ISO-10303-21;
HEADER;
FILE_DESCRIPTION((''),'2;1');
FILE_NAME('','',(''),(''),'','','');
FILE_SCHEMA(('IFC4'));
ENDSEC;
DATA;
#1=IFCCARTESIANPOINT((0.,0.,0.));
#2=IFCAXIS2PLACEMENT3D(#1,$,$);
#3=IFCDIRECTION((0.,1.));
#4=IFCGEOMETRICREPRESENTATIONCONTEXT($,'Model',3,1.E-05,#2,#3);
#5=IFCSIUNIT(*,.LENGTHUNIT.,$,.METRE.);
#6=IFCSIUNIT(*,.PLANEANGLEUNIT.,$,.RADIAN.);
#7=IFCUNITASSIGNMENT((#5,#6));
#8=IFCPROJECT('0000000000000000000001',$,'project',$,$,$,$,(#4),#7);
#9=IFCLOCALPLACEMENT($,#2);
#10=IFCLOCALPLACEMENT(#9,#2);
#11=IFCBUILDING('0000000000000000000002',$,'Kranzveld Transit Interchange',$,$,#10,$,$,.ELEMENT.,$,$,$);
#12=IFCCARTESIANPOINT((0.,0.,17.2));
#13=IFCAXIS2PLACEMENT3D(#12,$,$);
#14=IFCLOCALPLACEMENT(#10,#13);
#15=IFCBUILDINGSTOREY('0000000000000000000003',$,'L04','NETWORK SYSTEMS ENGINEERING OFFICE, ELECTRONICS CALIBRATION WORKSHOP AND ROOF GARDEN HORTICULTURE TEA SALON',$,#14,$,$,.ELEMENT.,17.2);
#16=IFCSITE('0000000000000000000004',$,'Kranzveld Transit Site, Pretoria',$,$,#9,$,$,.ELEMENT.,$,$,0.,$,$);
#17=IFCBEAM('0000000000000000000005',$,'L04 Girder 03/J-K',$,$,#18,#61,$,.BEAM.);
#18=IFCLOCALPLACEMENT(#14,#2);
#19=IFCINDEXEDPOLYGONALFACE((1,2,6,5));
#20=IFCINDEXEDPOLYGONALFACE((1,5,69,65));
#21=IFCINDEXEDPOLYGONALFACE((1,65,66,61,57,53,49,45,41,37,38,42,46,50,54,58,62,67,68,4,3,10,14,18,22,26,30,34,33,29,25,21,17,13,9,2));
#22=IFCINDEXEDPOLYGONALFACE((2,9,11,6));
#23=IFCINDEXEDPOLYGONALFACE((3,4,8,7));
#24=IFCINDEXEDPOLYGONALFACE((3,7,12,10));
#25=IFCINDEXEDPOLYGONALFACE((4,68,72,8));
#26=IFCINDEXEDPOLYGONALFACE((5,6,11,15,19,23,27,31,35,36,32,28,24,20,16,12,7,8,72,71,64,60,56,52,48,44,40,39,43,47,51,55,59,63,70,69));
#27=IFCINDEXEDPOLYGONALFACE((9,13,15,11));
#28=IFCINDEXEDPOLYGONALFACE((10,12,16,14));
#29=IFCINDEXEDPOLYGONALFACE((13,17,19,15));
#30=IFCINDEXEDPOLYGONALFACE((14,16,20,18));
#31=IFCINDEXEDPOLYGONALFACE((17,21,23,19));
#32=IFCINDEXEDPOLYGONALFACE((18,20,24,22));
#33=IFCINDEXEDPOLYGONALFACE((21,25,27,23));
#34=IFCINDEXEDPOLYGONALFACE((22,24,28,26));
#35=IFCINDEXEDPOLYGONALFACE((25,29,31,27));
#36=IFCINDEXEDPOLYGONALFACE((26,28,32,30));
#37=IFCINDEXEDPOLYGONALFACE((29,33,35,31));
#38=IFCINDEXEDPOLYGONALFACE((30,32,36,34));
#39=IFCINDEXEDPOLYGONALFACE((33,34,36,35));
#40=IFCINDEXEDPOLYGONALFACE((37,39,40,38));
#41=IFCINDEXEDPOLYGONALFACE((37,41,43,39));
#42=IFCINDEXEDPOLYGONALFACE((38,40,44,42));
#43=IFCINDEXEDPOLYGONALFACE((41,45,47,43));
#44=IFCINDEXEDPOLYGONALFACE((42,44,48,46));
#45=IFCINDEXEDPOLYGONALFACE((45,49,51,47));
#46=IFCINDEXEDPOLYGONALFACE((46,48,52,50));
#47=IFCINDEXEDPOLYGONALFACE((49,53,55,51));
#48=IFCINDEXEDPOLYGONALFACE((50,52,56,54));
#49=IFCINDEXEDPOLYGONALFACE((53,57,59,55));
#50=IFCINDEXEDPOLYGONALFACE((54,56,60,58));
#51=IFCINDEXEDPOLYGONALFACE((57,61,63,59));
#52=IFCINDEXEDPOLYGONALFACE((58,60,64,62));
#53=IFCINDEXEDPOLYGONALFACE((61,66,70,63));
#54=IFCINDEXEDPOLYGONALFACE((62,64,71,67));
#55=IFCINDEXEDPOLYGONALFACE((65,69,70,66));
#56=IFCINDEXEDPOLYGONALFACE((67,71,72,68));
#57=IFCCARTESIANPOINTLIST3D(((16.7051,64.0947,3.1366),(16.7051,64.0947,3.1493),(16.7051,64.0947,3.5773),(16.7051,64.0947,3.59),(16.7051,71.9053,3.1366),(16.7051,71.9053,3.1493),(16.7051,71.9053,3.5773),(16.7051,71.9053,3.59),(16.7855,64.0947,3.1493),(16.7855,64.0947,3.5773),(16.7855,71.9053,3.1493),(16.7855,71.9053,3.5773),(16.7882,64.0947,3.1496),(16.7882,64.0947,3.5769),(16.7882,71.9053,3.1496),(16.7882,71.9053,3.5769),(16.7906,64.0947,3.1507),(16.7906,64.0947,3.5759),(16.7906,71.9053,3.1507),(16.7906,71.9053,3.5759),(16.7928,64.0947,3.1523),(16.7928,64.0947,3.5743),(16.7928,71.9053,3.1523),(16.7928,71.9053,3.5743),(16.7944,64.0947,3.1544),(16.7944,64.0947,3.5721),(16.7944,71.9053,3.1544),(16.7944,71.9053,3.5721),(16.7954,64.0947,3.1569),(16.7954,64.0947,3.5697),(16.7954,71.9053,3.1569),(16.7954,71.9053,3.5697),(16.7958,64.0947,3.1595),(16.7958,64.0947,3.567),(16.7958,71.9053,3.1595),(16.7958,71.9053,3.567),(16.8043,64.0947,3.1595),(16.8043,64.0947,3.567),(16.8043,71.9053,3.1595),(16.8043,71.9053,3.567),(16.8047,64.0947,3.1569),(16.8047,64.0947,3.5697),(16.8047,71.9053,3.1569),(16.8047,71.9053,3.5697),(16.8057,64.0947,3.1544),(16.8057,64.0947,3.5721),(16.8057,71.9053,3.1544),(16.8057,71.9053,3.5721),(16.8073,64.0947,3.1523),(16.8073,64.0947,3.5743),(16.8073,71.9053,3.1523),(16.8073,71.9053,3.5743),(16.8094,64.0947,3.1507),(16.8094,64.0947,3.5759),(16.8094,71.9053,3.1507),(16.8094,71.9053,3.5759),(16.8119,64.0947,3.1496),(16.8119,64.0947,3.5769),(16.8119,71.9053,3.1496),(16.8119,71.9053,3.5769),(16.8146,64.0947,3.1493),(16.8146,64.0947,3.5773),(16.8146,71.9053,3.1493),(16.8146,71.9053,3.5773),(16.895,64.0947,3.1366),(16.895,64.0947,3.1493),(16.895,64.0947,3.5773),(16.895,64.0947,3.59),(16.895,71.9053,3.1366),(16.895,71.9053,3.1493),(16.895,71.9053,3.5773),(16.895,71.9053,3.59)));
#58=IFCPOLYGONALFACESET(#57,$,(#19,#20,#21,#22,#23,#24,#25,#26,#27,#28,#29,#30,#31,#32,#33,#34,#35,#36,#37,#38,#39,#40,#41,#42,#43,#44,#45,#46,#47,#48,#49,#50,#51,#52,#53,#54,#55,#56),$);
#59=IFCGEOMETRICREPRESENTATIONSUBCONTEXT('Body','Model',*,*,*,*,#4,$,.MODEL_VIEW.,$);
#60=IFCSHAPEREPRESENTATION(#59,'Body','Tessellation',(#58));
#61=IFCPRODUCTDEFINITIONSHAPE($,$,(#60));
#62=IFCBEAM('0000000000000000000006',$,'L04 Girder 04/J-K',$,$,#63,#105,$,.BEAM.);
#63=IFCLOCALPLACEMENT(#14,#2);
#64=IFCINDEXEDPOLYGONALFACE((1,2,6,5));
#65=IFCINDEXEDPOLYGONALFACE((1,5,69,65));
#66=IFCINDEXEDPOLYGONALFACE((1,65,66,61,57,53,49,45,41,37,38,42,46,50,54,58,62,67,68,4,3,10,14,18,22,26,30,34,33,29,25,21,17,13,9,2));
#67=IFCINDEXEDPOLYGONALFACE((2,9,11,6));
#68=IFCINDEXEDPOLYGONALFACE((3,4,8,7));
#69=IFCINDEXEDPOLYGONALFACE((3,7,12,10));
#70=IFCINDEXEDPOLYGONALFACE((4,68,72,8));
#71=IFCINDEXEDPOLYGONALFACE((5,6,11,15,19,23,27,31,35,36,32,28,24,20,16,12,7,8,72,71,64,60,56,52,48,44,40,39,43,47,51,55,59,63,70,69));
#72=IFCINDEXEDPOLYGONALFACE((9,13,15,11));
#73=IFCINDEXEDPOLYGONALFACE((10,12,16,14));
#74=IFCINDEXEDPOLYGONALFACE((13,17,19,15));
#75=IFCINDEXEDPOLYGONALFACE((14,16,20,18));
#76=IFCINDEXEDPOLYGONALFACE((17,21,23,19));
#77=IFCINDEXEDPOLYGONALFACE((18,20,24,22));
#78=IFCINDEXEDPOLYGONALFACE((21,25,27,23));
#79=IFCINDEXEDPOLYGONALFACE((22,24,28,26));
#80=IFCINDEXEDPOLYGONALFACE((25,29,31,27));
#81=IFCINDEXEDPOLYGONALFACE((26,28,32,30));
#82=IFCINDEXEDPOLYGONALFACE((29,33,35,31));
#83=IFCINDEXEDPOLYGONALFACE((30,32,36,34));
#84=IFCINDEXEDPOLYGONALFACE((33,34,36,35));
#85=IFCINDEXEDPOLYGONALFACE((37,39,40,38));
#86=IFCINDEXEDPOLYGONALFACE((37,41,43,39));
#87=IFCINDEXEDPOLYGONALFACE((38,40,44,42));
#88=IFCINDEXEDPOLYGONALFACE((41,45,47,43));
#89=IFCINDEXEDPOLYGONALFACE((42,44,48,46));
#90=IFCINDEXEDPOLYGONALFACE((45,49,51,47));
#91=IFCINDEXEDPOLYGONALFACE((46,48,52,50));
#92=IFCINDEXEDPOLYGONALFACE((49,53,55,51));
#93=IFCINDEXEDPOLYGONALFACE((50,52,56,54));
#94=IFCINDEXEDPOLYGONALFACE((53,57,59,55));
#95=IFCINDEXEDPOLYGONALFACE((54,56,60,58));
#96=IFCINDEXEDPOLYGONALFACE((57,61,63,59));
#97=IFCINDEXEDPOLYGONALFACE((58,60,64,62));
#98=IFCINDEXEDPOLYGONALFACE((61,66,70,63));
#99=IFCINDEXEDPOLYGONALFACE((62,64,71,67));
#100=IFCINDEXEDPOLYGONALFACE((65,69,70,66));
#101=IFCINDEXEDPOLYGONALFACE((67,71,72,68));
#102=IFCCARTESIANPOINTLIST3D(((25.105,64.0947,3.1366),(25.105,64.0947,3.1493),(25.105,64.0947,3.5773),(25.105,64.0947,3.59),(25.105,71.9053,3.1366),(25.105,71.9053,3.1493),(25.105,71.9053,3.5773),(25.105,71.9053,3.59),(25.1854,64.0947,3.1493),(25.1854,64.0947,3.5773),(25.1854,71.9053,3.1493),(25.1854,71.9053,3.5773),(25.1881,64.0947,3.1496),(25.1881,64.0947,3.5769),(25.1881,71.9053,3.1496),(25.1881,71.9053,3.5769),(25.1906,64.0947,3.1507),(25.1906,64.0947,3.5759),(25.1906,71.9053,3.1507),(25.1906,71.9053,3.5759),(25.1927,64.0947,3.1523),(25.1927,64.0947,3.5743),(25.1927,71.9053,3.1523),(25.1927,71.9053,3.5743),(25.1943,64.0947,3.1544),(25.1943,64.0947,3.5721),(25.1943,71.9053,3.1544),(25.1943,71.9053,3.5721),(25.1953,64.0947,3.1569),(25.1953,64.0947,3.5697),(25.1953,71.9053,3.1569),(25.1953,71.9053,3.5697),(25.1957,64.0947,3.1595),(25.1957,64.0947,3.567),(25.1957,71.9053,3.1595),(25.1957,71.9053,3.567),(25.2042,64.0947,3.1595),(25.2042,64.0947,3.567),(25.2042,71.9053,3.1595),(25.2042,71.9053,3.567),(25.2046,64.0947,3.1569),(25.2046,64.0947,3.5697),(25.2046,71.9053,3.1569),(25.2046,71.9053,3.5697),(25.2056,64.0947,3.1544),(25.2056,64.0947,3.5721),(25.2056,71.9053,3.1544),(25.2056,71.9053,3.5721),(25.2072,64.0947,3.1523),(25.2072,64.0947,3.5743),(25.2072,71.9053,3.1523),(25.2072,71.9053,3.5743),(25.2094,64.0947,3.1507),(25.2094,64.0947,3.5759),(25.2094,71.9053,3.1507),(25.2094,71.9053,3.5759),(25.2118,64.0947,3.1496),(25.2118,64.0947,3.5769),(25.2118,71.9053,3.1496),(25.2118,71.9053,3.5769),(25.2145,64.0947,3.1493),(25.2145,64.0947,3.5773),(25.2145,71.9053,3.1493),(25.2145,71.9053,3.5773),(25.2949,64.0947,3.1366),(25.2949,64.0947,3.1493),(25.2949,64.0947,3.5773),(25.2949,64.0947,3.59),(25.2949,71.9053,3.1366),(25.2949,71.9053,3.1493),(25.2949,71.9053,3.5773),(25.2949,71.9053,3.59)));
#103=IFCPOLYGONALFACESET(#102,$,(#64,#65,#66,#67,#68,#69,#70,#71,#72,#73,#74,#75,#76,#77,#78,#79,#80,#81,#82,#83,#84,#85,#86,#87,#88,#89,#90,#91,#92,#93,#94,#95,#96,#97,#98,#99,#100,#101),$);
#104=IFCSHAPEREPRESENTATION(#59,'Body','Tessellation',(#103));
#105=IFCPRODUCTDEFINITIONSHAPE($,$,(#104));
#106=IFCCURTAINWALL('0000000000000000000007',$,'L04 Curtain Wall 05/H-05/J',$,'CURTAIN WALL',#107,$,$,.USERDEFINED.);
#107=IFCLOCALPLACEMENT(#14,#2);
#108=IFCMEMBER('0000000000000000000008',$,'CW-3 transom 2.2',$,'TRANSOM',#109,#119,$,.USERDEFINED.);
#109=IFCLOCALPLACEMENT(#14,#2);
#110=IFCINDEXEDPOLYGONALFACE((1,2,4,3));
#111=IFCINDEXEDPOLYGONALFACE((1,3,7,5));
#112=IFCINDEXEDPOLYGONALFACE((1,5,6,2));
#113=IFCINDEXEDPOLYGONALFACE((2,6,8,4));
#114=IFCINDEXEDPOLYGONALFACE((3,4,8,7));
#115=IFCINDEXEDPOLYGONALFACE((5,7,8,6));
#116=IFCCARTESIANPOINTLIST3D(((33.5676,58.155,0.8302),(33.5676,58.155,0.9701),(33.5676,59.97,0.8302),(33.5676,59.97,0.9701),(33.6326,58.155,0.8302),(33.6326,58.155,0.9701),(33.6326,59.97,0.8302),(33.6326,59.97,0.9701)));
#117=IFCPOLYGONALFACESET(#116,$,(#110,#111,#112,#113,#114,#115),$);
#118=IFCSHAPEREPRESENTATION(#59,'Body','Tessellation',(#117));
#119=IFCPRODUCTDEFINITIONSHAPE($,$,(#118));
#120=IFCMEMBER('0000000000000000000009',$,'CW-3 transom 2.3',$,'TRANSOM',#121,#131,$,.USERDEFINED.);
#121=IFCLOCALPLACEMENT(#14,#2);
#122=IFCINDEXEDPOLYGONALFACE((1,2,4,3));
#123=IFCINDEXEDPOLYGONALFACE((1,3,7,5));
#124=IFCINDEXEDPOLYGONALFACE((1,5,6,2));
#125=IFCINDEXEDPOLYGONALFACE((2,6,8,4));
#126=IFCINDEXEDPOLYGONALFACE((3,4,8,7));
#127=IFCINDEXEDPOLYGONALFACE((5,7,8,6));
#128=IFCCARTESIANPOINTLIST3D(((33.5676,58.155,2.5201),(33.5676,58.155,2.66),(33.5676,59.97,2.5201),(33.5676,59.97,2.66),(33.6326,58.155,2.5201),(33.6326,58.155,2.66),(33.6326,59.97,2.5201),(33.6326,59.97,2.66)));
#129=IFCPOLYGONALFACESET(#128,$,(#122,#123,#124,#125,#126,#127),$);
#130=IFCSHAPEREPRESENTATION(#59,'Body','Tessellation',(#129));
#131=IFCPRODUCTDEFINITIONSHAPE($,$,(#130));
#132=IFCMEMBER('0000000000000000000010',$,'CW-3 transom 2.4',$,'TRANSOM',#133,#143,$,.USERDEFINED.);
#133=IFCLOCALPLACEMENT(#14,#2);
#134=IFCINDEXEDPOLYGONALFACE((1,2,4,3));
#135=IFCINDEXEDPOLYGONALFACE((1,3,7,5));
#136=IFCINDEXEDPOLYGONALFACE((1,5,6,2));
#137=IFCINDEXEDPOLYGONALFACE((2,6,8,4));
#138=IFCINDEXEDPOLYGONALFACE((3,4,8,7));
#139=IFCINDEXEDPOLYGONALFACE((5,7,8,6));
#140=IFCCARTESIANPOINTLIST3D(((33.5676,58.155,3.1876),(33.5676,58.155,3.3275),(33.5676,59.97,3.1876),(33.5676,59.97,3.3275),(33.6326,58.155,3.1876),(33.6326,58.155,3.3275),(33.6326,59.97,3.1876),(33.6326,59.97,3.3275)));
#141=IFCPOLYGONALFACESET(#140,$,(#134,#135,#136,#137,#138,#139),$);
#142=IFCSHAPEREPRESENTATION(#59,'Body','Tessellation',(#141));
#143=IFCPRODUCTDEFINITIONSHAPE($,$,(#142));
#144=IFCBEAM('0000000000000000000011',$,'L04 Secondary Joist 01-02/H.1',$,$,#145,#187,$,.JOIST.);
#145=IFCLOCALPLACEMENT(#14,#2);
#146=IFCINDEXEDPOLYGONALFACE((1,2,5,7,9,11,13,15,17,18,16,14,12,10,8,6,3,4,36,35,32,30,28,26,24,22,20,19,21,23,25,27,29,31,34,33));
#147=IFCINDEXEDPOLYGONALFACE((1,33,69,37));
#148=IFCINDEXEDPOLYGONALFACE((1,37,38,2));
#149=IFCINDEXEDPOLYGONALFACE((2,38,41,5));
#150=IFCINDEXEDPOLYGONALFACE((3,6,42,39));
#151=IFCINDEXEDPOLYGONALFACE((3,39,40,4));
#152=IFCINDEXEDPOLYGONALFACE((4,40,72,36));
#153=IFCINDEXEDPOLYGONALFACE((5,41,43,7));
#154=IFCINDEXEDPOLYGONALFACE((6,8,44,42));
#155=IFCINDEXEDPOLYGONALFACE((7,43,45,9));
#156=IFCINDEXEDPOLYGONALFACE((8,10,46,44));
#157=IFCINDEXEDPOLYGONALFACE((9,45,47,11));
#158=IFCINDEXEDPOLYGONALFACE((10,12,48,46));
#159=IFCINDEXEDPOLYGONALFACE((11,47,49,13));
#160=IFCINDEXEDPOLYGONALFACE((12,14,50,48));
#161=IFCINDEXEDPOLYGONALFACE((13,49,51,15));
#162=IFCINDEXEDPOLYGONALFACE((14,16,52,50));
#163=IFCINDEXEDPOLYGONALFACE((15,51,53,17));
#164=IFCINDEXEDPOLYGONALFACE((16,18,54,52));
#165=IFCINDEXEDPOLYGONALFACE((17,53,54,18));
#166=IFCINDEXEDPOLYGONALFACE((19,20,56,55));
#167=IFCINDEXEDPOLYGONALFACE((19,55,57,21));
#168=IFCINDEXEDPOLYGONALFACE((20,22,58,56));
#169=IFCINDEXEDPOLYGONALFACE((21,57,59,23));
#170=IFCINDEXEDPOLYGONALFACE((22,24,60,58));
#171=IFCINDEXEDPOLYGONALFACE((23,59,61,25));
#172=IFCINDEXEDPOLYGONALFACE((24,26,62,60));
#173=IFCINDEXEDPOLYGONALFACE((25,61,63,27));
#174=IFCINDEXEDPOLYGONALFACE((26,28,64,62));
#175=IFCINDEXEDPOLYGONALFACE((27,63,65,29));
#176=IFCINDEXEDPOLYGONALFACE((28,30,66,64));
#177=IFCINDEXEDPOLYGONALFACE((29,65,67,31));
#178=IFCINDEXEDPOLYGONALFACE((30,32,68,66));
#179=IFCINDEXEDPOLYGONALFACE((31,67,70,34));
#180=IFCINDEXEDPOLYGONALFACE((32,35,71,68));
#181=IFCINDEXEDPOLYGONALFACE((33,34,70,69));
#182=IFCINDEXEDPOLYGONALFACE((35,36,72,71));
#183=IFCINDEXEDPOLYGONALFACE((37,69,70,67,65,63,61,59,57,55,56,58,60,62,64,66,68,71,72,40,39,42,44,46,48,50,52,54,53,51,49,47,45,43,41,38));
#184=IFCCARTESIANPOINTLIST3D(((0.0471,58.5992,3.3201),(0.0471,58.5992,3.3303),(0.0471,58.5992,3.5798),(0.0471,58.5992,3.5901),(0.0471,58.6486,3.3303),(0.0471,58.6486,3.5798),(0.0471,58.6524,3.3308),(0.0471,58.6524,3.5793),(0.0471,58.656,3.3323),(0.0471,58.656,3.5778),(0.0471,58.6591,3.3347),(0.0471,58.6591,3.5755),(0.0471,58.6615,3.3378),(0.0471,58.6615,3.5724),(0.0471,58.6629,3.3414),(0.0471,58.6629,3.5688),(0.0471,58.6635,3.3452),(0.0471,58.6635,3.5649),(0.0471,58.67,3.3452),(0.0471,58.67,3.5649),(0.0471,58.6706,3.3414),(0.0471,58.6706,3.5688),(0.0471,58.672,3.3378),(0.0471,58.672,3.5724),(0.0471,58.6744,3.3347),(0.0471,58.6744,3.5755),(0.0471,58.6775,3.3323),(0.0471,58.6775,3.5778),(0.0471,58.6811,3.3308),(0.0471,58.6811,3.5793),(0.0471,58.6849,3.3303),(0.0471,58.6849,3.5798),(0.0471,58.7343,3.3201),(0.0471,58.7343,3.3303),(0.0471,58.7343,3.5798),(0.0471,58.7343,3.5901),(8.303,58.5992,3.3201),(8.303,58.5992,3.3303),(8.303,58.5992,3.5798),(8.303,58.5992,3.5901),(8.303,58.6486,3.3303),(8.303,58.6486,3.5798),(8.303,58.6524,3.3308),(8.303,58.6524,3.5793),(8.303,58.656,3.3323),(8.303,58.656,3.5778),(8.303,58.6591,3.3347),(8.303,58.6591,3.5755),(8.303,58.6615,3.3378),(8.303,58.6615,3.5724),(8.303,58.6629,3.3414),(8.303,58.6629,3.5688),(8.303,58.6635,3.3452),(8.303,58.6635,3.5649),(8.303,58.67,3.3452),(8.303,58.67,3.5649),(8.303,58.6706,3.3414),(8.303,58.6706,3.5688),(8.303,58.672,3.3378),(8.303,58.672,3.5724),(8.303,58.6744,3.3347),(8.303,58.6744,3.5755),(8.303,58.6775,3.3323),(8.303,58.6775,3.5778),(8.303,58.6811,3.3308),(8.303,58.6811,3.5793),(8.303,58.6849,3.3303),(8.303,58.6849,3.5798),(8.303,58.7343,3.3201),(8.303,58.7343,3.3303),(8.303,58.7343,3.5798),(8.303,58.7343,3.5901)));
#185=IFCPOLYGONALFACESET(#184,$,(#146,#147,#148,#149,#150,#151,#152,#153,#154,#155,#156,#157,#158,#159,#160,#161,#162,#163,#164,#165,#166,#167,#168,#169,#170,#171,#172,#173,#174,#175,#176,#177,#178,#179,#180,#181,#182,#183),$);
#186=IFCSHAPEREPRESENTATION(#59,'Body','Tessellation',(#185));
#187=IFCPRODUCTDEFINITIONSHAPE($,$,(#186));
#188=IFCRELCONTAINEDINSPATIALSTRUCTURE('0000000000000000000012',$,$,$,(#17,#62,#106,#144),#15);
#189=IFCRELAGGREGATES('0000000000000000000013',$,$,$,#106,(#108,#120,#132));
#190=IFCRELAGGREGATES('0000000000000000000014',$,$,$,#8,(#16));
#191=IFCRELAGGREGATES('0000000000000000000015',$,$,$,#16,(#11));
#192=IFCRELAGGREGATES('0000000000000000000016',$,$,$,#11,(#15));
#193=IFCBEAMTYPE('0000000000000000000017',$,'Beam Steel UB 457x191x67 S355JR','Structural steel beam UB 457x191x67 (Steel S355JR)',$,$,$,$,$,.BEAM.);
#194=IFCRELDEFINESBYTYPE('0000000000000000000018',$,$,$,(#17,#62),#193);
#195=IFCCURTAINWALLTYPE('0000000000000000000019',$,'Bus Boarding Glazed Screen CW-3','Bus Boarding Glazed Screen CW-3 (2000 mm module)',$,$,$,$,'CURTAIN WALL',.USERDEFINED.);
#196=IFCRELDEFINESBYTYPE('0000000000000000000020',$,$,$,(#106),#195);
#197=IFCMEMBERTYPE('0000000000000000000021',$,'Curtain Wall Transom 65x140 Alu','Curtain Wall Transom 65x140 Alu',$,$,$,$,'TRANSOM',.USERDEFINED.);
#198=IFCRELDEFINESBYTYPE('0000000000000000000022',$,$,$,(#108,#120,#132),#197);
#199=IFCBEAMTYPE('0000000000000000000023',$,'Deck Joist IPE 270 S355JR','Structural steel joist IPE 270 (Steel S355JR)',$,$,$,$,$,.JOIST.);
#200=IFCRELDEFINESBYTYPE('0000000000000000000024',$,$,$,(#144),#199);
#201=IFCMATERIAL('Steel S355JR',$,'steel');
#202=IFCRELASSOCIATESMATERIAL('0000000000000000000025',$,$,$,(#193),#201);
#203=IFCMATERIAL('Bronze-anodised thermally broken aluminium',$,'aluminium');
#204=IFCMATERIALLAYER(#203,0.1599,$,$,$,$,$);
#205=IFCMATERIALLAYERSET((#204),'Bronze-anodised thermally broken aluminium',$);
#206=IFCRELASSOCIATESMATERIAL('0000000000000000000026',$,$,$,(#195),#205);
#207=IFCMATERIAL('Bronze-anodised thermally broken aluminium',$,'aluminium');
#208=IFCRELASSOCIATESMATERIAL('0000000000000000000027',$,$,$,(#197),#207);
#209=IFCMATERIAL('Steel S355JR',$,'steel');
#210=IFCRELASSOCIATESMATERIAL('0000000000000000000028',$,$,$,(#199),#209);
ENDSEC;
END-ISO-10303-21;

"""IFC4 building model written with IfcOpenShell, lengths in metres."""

from ifc_helpers import new_model, si_unit, direction, frame, origin, origin_2d, place, context, subcontext, project, spatial, rectangle, i_section, extrude, material, layer, layer_set, material_profile, profile_set, type_object, element, aggregate, save


model = new_model("IFC4")

# Units and contexts
model_context = context("Model", 3, precision=1e-05, world=origin(), true_north=direction((0.0, 1.0)))
body_context = subcontext(model_context, "Body", "Model", "MODEL_VIEW")
ifc_project = project(units=[si_unit("LENGTHUNIT", "METRE"), si_unit("PLANEANGLEUNIT", "RADIAN")], contexts=[model_context])

# Site, building, storey
site_placement = place(None, origin())
site = spatial("IfcSite", under=ifc_project, at=site_placement, Name="Kranzveld Transit Site, Pretoria", CompositionType="ELEMENT", RefElevation=0.0)
building_placement = place(site_placement, origin())
building = spatial("IfcBuilding", under=site, at=building_placement, Name="Kranzveld Transit Interchange", CompositionType="ELEMENT")
storey_placement = place(building_placement, frame((0.0, 0.0, 17.2)))
storey = spatial("IfcBuildingStorey", under=building, at=storey_placement, Name="L04", Description="NETWORK SYSTEMS ENGINEERING OFFICE, ELECTRONICS CALIBRATION WORKSHOP AND ROOF GARDEN HORTICULTURE TEA SALON", CompositionType="ELEMENT", Elevation=17.2)

# Beams
ifc_material_1 = material(Name="Steel S355JR", Category="steel")
ifc_material_profile_1 = material_profile(ifc_material_1, i_section(OverallWidth=0.1899, OverallDepth=0.4534, WebThickness=0.0085, FlangeThickness=0.0127, FilletRadius=0.0103, at=origin_2d()), Name="UB 457x191x67")
ifc_profile_set_1 = profile_set([ifc_material_profile_1], Name="Steel S355JR")
beam_type_1 = type_object("IfcBeamType", Name="Beam Steel UB 457x191x67 S355JR", Description="Structural steel beam UB 457x191x67 (Steel S355JR)", PredefinedType="BEAM", material=ifc_profile_set_1)
for number, where, z_axis, x_axis, name in (
    (1, (16.8, 64.0947, 3.3633), (0.0, 1.0, 0.0), (-1.0, 0.0, 0.0), "L04 Girder 03/J-K"),
    (2, (25.2, 64.0947, 3.3633), (0.0, 1.0, 0.0), (-1.0, 0.0, 0.0), "L04 Girder 04/J-K"),
):
    element("IfcBeam", number, at=place(storey_placement, frame(where, z_axis=z_axis, x_axis=x_axis)), inside=storey, type_object=beam_type_1, Name=name, PredefinedType="BEAM", context=body_context, shape_type="SweptSolid", body=[
        extrude(i_section(OverallWidth=0.1899, OverallDepth=0.4534, WebThickness=0.0085, FlangeThickness=0.0127, FilletRadius=0.0103, at=origin_2d()), origin(), (0.0, 0.0, 1.0), 7.8105),
    ])

# Curtain wall, members
ifc_material_2 = material(Name="Bronze-anodised thermally broken aluminium", Category="aluminium")
ifc_layer_1 = layer(ifc_material_2, 0.1599)
ifc_layer_set_1 = layer_set([ifc_layer_1], Name="Bronze-anodised thermally broken aluminium")
curtain_wall_type = type_object("IfcCurtainWallType", Name="Bus Boarding Glazed Screen CW-3", Description="Bus Boarding Glazed Screen CW-3 (2000 mm module)", ElementType="CURTAIN WALL", PredefinedType="USERDEFINED", material=ifc_layer_set_1)
curtain_wall_placement = place(storey_placement, origin())
curtain_wall = element("IfcCurtainWall", 3, at=curtain_wall_placement, inside=storey, type_object=curtain_wall_type, Name="L04 Curtain Wall 05/H-05/J", ObjectType="CURTAIN WALL", PredefinedType="USERDEFINED")
ifc_material_3 = material(Name="Bronze-anodised thermally broken aluminium", Category="aluminium")
ifc_material_profile_2 = material_profile(ifc_material_3, rectangle(XDim=0.0649, YDim=0.1399, at=origin_2d()), Name="ALU TRANSOM 65x140")
ifc_profile_set_2 = profile_set([ifc_material_profile_2], Name="Bronze-anodised thermally broken aluminium")
member_type = type_object("IfcMemberType", Name="Curtain Wall Transom 65x140 Alu", Description="Curtain Wall Transom 65x140 Alu", ElementType="TRANSOM", PredefinedType="USERDEFINED", material=ifc_profile_set_2)
member_1_placement = place(storey_placement, frame((33.6001, 58.155, 0.9001), z_axis=(0.0, 1.0, 0.0), x_axis=(-1.0, 0.0, 0.0)))
member_1 = element("IfcMember", 4, at=member_1_placement, type_object=member_type, Name="CW-3 transom 2.2", ObjectType="TRANSOM", PredefinedType="USERDEFINED", context=body_context, shape_type="SweptSolid", body=[
    extrude(rectangle(XDim=0.0649, YDim=0.1399, at=origin_2d()), origin(), (0.0, 0.0, 1.0), 1.8149),
])
member_2_placement = place(storey_placement, frame((33.6001, 58.155, 2.5901), z_axis=(0.0, 1.0, 0.0), x_axis=(-1.0, 0.0, 0.0)))
member_2 = element("IfcMember", 5, at=member_2_placement, type_object=member_type, Name="CW-3 transom 2.3", ObjectType="TRANSOM", PredefinedType="USERDEFINED", context=body_context, shape_type="SweptSolid", body=[
    extrude(rectangle(XDim=0.0649, YDim=0.1399, at=origin_2d()), origin(), (0.0, 0.0, 1.0), 1.8149),
])
member_3_placement = place(storey_placement, frame((33.6001, 58.155, 3.2576), z_axis=(0.0, 1.0, 0.0), x_axis=(-1.0, 0.0, 0.0)))
member_3 = element("IfcMember", 6, at=member_3_placement, type_object=member_type, Name="CW-3 transom 2.4", ObjectType="TRANSOM", PredefinedType="USERDEFINED", context=body_context, shape_type="SweptSolid", body=[
    extrude(rectangle(XDim=0.0649, YDim=0.1399, at=origin_2d()), origin(), (0.0, 0.0, 1.0), 1.8149),
])

# Beam
ifc_material_4 = material(Name="Steel S355JR", Category="steel")
ifc_material_profile_3 = material_profile(ifc_material_4, i_section(OverallWidth=0.135, OverallDepth=0.27, WebThickness=0.0066, FlangeThickness=0.0103, FilletRadius=0.0149, at=origin_2d()), Name="IPE 270")
ifc_profile_set_3 = profile_set([ifc_material_profile_3], Name="Steel S355JR")
beam_type_2 = type_object("IfcBeamType", Name="Deck Joist IPE 270 S355JR", Description="Structural steel joist IPE 270 (Steel S355JR)", PredefinedType="JOIST", material=ifc_profile_set_3)
for number, where, z_axis, x_axis, name in (
    (7, (0.0471, 58.6667, 3.4551), (1.0, 0.0, 0.0), (0.0, 1.0, 0.0), "L04 Secondary Joist 01-02/H.1"),
):
    element("IfcBeam", number, at=place(storey_placement, frame(where, z_axis=z_axis, x_axis=x_axis)), inside=storey, type_object=beam_type_2, Name=name, PredefinedType="JOIST", context=body_context, shape_type="SweptSolid", body=[
        extrude(i_section(OverallWidth=0.135, OverallDepth=0.27, WebThickness=0.0066, FlangeThickness=0.0103, FilletRadius=0.0149, at=origin_2d()), origin(), (0.0, 0.0, 1.0), 8.2559),
    ])

aggregate(curtain_wall, [member_1, member_2, member_3])

save(model, "model.ifc")
